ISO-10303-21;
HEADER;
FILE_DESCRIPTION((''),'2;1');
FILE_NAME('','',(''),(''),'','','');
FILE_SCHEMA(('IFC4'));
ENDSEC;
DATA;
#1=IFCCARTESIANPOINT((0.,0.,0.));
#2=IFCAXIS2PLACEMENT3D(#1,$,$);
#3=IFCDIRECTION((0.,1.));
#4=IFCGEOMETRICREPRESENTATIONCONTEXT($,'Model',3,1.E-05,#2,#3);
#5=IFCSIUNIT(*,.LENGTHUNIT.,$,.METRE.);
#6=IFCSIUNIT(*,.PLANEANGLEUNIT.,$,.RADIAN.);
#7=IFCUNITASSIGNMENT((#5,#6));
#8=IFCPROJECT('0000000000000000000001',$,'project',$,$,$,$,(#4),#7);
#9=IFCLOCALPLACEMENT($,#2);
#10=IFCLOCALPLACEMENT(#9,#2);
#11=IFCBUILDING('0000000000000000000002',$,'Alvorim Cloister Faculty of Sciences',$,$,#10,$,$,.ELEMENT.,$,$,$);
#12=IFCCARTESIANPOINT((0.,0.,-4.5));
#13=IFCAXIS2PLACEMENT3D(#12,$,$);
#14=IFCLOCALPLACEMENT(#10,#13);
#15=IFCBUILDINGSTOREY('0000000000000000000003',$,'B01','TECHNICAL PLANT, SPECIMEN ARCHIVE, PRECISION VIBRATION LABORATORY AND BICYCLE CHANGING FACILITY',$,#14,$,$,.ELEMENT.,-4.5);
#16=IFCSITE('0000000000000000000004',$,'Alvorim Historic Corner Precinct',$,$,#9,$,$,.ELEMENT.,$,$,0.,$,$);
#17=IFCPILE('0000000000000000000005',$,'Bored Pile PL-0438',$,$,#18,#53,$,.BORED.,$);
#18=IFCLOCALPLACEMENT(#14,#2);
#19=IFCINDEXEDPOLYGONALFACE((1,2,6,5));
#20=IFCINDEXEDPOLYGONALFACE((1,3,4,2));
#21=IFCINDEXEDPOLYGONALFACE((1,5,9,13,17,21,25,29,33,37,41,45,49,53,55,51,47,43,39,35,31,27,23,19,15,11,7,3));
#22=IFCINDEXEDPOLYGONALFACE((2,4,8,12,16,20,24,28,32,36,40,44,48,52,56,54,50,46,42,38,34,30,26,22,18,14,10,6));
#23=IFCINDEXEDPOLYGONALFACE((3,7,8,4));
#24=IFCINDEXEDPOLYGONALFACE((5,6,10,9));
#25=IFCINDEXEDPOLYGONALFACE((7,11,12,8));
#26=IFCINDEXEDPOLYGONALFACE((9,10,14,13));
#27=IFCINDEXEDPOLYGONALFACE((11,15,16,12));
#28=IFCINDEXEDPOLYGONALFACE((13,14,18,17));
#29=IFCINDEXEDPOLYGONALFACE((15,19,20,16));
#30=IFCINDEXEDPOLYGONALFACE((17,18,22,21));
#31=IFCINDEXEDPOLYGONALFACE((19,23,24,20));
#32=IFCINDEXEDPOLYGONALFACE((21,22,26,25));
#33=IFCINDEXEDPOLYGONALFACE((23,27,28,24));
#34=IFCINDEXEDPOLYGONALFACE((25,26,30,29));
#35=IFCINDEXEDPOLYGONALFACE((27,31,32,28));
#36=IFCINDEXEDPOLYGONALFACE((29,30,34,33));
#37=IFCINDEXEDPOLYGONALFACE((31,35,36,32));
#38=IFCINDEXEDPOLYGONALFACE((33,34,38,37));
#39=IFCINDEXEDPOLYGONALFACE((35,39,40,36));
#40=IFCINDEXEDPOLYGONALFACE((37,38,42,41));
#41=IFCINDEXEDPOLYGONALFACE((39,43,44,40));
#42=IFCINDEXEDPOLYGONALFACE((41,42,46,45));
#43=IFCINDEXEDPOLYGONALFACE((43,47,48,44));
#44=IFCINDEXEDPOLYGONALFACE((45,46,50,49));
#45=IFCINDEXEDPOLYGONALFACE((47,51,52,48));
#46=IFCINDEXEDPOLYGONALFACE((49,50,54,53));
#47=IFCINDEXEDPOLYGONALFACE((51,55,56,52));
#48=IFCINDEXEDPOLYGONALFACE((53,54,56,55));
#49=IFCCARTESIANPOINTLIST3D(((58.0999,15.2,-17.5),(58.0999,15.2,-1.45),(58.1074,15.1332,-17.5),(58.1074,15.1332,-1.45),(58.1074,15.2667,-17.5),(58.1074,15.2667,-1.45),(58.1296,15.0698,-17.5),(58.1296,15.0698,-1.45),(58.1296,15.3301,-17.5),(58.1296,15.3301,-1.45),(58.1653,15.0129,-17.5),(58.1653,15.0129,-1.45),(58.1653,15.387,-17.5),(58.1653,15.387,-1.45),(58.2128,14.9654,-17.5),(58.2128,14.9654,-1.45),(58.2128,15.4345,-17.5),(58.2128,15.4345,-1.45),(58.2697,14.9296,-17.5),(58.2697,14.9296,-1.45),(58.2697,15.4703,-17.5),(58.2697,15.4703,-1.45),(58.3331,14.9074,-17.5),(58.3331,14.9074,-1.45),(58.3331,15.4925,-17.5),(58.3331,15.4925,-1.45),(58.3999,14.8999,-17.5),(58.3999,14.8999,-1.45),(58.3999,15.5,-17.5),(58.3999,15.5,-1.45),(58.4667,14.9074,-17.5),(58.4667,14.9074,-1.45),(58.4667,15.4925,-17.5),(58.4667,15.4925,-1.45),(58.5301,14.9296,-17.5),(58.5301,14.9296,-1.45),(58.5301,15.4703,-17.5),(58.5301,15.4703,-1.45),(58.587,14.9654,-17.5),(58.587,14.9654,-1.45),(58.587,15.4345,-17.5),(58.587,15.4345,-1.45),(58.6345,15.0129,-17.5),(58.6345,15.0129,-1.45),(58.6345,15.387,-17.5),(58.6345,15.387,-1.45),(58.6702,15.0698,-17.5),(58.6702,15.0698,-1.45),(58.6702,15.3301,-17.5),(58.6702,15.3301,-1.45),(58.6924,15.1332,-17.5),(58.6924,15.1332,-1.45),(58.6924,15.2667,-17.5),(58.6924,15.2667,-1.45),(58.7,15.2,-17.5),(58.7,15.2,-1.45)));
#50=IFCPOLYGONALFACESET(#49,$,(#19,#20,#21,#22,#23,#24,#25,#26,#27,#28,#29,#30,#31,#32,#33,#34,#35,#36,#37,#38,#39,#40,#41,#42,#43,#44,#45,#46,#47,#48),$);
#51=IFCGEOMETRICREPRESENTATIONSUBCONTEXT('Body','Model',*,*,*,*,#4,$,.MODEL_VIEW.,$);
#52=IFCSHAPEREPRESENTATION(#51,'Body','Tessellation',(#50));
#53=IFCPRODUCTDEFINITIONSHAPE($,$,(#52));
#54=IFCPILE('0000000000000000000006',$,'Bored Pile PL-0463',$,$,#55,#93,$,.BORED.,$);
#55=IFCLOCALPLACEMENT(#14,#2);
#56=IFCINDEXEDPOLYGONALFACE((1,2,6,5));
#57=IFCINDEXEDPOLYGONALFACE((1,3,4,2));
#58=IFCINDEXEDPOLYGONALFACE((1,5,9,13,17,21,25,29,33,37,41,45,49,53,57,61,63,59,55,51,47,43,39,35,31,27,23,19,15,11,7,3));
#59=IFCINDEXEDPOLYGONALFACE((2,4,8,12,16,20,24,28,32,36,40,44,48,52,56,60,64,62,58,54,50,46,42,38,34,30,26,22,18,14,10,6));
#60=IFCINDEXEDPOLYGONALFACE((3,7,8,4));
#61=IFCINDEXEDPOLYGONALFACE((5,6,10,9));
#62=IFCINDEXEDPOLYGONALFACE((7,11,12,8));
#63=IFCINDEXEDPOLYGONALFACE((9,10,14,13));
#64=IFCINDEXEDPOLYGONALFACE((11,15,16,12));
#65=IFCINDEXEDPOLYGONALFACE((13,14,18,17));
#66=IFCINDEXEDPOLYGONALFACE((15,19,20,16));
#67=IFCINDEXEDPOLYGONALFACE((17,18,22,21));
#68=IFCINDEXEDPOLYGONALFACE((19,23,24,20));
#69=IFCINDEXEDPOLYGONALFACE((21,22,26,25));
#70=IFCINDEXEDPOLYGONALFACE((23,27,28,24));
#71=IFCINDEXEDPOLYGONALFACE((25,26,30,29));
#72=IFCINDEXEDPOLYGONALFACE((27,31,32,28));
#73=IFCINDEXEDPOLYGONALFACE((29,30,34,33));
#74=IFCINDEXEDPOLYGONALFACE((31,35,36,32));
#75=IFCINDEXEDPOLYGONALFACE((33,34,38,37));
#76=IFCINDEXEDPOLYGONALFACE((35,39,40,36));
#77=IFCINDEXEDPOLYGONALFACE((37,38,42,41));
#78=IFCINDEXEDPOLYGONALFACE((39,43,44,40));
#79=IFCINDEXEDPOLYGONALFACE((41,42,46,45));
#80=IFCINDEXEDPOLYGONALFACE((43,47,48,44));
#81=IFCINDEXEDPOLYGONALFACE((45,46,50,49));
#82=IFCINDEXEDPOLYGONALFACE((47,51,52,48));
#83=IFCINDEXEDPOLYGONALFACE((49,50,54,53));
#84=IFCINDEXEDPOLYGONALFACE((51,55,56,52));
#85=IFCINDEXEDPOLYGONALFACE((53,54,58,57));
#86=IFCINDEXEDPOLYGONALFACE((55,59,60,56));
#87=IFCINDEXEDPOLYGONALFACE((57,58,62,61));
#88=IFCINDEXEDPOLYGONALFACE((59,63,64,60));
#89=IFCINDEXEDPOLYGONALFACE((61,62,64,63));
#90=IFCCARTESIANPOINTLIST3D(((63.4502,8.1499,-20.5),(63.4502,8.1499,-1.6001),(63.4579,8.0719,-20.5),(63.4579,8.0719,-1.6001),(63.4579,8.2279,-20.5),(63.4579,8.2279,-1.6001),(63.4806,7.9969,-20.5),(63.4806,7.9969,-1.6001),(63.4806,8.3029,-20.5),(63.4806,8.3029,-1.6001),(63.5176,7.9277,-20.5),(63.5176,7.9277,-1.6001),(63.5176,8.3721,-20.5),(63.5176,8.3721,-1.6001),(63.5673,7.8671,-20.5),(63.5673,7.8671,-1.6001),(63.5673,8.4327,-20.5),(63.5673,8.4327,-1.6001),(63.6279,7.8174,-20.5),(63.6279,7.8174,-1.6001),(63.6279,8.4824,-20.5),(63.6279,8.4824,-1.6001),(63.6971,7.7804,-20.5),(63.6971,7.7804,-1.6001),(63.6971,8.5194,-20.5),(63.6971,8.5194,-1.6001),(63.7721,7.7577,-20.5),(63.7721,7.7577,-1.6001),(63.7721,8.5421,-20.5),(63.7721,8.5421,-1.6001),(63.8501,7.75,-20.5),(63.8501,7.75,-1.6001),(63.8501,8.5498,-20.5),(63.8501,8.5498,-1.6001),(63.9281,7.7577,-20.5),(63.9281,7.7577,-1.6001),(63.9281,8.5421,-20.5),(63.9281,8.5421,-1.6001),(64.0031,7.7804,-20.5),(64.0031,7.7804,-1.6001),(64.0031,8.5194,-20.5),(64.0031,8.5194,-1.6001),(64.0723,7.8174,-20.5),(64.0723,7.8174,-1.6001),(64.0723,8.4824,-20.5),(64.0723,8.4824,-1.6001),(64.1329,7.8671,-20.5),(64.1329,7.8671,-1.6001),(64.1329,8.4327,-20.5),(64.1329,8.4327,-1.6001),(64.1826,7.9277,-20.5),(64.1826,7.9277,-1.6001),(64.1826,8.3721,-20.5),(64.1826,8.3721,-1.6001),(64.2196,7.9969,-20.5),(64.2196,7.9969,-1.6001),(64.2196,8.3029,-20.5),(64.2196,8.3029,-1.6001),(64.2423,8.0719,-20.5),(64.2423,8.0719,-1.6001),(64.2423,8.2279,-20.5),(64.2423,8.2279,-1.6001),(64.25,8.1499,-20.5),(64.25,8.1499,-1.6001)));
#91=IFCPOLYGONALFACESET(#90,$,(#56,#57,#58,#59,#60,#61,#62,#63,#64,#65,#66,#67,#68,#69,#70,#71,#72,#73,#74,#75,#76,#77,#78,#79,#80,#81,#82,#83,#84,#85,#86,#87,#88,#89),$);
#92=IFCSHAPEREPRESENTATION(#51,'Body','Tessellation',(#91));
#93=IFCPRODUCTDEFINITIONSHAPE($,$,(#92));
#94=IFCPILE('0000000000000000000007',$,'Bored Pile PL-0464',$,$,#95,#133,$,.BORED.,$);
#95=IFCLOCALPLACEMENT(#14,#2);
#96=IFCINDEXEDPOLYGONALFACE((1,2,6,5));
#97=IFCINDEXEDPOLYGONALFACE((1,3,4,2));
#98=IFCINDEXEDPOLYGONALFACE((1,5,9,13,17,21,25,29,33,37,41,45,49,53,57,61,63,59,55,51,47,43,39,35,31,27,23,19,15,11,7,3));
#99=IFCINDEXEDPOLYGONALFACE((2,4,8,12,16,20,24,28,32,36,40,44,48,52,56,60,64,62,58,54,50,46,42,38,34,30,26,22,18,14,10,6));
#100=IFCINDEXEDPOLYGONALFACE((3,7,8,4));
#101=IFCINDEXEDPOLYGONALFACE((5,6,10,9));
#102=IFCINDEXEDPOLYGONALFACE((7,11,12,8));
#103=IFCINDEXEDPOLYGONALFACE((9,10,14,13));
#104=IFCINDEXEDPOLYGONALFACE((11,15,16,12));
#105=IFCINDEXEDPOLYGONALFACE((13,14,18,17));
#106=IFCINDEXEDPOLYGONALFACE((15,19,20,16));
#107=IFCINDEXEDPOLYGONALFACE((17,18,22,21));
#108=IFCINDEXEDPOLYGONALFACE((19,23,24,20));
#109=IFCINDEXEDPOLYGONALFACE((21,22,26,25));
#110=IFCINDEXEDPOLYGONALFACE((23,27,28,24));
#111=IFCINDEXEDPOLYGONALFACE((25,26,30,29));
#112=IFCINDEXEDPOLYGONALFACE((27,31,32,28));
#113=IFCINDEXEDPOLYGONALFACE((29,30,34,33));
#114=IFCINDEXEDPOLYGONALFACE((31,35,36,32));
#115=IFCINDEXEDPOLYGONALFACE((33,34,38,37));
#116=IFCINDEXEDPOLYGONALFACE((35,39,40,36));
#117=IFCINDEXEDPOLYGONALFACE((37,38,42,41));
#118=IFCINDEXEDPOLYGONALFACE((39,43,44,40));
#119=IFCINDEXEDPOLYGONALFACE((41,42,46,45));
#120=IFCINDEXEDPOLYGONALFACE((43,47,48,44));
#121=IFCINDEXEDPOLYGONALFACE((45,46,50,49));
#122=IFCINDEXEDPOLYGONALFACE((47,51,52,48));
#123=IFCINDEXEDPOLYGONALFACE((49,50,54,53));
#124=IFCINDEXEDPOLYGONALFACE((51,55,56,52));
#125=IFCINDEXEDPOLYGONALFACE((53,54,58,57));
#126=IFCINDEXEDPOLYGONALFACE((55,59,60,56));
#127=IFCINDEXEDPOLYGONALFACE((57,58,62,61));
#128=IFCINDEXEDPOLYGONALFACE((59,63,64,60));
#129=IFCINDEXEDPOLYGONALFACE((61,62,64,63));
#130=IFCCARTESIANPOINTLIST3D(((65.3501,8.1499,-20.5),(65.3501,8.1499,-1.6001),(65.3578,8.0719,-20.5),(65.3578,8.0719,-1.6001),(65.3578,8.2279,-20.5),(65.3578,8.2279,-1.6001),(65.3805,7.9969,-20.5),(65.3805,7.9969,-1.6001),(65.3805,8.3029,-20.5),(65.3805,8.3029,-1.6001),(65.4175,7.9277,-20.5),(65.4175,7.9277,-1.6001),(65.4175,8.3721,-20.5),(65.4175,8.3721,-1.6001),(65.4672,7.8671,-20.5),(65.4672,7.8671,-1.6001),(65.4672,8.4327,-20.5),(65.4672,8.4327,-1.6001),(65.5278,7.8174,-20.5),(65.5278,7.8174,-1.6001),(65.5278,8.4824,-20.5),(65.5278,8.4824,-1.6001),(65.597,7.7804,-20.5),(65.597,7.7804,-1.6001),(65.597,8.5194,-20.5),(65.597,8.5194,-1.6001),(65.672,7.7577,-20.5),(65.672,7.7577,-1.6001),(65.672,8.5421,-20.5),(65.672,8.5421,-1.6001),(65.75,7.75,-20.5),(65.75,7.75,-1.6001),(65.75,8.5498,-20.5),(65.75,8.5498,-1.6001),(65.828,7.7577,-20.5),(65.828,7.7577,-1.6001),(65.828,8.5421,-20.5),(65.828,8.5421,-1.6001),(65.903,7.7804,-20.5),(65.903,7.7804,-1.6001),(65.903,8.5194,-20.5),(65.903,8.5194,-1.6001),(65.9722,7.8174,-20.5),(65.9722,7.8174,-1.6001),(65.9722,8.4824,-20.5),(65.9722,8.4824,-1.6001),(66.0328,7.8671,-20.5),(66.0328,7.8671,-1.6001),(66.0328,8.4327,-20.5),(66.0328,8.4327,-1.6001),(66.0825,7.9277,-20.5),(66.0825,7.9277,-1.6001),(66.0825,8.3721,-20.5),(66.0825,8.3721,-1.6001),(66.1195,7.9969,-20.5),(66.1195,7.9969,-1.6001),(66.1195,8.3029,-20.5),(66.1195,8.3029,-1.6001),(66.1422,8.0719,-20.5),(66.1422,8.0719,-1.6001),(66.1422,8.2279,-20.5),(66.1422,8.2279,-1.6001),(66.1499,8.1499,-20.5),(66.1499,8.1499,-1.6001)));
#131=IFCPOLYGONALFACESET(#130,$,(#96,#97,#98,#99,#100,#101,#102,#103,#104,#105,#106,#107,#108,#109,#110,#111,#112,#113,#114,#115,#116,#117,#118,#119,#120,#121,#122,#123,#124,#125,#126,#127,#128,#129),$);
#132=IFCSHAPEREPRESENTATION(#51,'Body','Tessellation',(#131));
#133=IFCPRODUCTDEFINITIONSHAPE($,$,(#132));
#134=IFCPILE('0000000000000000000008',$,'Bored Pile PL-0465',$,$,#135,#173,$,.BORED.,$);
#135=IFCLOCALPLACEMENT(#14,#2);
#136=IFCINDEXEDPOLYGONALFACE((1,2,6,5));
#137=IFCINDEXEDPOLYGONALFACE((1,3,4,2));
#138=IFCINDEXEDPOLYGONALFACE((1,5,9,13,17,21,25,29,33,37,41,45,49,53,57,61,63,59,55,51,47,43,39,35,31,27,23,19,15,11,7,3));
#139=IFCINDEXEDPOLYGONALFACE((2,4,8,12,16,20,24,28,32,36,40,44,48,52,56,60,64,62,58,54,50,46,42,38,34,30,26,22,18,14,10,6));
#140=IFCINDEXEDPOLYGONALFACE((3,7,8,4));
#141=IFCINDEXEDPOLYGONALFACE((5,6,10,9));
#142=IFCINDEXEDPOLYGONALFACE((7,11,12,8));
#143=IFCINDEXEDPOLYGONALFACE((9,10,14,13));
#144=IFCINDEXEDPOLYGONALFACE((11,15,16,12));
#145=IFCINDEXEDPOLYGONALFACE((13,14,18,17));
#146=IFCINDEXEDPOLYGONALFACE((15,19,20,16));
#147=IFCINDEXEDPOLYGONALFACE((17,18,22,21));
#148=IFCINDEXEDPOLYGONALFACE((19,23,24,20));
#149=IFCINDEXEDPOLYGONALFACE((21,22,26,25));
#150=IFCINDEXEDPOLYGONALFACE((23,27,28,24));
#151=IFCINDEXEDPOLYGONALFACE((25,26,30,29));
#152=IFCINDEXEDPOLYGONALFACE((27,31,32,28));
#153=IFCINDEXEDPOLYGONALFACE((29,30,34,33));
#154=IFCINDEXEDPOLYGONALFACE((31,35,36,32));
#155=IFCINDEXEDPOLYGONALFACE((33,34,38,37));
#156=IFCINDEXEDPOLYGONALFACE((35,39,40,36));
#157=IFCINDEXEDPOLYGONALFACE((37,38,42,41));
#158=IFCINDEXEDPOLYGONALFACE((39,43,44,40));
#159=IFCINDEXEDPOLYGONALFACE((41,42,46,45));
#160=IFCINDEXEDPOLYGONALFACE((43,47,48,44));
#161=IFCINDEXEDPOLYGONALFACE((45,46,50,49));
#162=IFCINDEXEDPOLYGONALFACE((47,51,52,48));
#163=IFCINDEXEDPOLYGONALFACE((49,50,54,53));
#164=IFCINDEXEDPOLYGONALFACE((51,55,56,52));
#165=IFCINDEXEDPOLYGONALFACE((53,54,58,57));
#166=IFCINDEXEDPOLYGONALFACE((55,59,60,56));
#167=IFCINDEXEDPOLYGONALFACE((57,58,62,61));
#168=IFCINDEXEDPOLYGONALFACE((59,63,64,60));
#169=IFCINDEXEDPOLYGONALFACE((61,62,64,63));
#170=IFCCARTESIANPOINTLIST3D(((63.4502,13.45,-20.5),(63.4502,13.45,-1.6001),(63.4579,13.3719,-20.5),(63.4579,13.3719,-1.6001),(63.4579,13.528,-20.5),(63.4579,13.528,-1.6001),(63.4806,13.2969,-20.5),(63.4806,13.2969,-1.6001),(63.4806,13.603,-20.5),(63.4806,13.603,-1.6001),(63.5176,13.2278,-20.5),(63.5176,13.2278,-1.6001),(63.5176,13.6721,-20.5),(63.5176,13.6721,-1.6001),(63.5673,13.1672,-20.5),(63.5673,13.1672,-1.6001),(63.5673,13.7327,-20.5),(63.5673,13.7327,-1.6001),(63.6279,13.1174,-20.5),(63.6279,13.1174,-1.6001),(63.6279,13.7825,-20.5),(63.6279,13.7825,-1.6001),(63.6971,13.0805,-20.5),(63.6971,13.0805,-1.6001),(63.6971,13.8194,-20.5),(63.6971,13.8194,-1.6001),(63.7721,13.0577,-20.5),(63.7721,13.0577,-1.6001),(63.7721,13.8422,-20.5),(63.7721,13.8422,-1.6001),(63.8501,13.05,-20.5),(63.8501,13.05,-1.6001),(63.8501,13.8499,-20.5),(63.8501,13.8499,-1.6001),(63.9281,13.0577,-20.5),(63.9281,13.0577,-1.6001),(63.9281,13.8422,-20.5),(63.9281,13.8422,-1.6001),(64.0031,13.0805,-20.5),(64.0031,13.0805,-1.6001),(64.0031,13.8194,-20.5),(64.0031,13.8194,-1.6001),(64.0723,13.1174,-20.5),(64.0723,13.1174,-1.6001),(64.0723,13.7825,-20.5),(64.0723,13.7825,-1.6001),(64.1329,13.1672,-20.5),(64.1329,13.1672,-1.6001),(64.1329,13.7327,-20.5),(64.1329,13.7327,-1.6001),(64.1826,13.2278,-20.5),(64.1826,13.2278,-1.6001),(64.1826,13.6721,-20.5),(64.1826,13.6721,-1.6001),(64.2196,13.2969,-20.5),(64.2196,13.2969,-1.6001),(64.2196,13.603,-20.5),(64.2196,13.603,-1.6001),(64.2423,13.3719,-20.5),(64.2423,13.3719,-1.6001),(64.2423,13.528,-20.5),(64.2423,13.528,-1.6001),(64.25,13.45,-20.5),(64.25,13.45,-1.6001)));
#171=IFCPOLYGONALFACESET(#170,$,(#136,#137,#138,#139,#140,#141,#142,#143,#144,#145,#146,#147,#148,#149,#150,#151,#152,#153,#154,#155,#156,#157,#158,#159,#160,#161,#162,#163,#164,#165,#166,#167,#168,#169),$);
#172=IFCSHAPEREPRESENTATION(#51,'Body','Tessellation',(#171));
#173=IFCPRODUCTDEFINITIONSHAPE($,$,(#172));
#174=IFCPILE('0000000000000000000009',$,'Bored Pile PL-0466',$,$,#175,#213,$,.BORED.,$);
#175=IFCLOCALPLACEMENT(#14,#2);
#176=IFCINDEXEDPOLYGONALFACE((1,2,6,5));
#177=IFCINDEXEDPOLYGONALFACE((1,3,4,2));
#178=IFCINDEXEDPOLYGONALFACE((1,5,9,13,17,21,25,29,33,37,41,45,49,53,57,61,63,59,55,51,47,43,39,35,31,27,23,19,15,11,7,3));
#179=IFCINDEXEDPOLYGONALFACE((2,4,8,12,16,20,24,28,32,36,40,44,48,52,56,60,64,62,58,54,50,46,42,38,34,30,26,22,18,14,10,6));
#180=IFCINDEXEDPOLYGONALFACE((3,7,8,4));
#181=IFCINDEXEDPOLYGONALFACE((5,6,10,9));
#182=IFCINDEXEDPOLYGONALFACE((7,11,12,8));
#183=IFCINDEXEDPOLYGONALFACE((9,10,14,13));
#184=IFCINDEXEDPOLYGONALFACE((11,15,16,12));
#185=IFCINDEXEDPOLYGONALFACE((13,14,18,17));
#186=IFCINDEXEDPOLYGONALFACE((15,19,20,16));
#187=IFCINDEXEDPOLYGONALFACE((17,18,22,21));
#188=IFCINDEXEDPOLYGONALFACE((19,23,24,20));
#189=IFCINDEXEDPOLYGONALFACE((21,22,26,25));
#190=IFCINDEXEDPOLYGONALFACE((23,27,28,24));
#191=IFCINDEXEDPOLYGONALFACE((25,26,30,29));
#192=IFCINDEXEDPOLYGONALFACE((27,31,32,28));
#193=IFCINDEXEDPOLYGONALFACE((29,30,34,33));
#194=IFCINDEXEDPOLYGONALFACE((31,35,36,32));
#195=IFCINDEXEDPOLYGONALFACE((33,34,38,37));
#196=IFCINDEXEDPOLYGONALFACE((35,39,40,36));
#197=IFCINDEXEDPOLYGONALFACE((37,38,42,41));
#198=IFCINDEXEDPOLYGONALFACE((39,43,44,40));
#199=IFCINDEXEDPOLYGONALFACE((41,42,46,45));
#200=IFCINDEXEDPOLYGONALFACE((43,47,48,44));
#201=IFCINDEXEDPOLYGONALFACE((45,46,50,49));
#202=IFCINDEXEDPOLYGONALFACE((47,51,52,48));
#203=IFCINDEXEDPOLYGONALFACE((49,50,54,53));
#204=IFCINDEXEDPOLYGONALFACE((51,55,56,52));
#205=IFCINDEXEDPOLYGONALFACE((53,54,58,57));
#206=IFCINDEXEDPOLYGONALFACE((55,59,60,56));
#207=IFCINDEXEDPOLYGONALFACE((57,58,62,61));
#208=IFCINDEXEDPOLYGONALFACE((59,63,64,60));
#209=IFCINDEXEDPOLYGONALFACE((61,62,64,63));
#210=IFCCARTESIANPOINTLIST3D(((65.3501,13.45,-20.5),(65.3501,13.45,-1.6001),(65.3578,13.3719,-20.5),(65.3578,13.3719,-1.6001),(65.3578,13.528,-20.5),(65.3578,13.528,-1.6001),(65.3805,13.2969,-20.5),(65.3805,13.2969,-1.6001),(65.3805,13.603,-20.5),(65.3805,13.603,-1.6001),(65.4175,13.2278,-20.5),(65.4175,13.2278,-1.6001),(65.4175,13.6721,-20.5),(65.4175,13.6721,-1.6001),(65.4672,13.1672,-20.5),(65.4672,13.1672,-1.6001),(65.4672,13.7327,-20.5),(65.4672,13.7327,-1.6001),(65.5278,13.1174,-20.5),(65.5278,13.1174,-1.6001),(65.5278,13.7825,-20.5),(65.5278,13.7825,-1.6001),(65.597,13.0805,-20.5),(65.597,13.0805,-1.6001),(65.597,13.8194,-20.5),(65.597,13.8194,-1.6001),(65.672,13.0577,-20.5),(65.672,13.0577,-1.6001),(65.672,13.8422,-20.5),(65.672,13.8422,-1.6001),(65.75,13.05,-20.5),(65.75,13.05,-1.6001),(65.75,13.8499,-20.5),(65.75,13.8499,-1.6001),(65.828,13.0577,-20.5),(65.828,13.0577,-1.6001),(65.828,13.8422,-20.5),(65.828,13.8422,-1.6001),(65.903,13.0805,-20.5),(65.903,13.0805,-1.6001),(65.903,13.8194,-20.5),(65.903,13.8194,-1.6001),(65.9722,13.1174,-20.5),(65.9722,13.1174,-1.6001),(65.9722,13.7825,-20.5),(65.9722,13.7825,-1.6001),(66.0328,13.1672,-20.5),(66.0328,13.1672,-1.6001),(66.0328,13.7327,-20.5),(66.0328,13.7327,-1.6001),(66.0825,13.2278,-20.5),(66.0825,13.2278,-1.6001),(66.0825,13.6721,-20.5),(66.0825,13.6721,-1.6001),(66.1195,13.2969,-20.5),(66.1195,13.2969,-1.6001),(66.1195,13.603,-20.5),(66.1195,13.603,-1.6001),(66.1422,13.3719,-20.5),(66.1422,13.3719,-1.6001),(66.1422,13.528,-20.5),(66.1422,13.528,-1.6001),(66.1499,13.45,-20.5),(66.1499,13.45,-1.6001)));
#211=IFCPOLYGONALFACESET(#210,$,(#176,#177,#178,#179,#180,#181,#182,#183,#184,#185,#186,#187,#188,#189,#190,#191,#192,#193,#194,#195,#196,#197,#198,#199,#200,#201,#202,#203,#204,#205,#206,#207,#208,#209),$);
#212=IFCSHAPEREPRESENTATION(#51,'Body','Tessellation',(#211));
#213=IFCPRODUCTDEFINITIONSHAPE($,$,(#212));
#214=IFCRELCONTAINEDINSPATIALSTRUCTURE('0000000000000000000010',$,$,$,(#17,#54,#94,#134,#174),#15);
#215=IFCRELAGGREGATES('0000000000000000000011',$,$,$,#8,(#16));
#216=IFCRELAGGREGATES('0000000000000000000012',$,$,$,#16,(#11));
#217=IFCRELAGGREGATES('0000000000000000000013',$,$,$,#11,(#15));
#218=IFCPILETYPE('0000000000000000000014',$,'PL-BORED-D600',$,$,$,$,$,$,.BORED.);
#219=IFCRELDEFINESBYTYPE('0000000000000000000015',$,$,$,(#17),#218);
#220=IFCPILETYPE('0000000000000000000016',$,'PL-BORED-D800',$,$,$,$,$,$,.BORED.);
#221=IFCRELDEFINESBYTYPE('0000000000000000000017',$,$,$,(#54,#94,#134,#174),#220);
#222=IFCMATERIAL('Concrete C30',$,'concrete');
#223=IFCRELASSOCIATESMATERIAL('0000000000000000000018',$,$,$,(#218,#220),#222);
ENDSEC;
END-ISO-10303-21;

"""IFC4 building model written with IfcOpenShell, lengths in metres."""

from ifc_helpers import new_model, si_unit, direction, frame, origin, origin_2d, place, context, subcontext, project, spatial, circle, extrude, material, material_profile, profile_set, type_object, element, save


model = new_model("IFC4")

# Units and contexts
model_context = context("Model", 3, precision=1e-05, world=origin(), true_north=direction((0.0, 1.0)))
body_context = subcontext(model_context, "Body", "Model", "MODEL_VIEW")
ifc_project = project(units=[si_unit("LENGTHUNIT", "METRE"), si_unit("PLANEANGLEUNIT", "RADIAN")], contexts=[model_context])

# Site, building, storey
site_placement = place(None, origin())
site = spatial("IfcSite", under=ifc_project, at=site_placement, Name="Alvorim Historic Corner Precinct", CompositionType="ELEMENT", RefElevation=0.0)
building_placement = place(site_placement, origin())
building = spatial("IfcBuilding", under=site, at=building_placement, Name="Alvorim Cloister Faculty of Sciences", CompositionType="ELEMENT")
storey_placement = place(building_placement, frame((0.0, 0.0, -4.5)))
storey = spatial("IfcBuildingStorey", under=building, at=storey_placement, Name="B01", Description="TECHNICAL PLANT, SPECIMEN ARCHIVE, PRECISION VIBRATION LABORATORY AND BICYCLE CHANGING FACILITY", CompositionType="ELEMENT", Elevation=-4.5)

# Piles
ifc_material_1 = material(Name="Concrete C30", Category="concrete")
ifc_material_profile_1 = material_profile(ifc_material_1, circle(Radius=0.3, at=origin_2d()), Name="PILE-D600")
ifc_profile_set_1 = profile_set([ifc_material_profile_1], Name="Concrete C30")
pile_type_1 = type_object("IfcPileType", Name="PL-BORED-D600", PredefinedType="BORED", material=ifc_profile_set_1)
for number, where, z_axis, x_axis, name in (
    (1, (58.3999, 15.2, -1.45), (0.0, 0.0, -1.0), (1.0, 0.0, 0.0), "Bored Pile PL-0438"),
):
    element("IfcPile", number, at=place(storey_placement, frame(where, z_axis=z_axis, x_axis=x_axis)), inside=storey, type_object=pile_type_1, Name=name, PredefinedType="BORED", context=body_context, shape_type="SweptSolid", body=[
        extrude(circle(Radius=0.3, at=origin_2d()), origin(), (0.0, 0.0, 1.0), 16.05),
    ])
ifc_material_profile_2 = material_profile(ifc_material_1, circle(Radius=0.3999, at=origin_2d()), Name="PILE-D800")
ifc_profile_set_2 = profile_set([ifc_material_profile_2], Name="Concrete C30")
pile_type_2 = type_object("IfcPileType", Name="PL-BORED-D800", PredefinedType="BORED", material=ifc_profile_set_2)
for number, where, z_axis, x_axis, name in (
    (2, (63.8501, 8.1499, -1.6001), (0.0, 0.0, -1.0), (1.0, 0.0, 0.0), "Bored Pile PL-0463"),
    (3, (65.75, 8.1499, -1.6001), (0.0, 0.0, -1.0), (1.0, 0.0, 0.0), "Bored Pile PL-0464"),
    (4, (63.8501, 13.45, -1.6001), (0.0, 0.0, -1.0), (1.0, 0.0, 0.0), "Bored Pile PL-0465"),
    (5, (65.75, 13.45, -1.6001), (0.0, 0.0, -1.0), (1.0, 0.0, 0.0), "Bored Pile PL-0466"),
):
    element("IfcPile", number, at=place(storey_placement, frame(where, z_axis=z_axis, x_axis=x_axis)), inside=storey, type_object=pile_type_2, Name=name, PredefinedType="BORED", context=body_context, shape_type="SweptSolid", body=[
        extrude(circle(Radius=0.3999, at=origin_2d()), origin(), (0.0, 0.0, 1.0), 18.8999),
    ])

save(model, "model.ifc")
